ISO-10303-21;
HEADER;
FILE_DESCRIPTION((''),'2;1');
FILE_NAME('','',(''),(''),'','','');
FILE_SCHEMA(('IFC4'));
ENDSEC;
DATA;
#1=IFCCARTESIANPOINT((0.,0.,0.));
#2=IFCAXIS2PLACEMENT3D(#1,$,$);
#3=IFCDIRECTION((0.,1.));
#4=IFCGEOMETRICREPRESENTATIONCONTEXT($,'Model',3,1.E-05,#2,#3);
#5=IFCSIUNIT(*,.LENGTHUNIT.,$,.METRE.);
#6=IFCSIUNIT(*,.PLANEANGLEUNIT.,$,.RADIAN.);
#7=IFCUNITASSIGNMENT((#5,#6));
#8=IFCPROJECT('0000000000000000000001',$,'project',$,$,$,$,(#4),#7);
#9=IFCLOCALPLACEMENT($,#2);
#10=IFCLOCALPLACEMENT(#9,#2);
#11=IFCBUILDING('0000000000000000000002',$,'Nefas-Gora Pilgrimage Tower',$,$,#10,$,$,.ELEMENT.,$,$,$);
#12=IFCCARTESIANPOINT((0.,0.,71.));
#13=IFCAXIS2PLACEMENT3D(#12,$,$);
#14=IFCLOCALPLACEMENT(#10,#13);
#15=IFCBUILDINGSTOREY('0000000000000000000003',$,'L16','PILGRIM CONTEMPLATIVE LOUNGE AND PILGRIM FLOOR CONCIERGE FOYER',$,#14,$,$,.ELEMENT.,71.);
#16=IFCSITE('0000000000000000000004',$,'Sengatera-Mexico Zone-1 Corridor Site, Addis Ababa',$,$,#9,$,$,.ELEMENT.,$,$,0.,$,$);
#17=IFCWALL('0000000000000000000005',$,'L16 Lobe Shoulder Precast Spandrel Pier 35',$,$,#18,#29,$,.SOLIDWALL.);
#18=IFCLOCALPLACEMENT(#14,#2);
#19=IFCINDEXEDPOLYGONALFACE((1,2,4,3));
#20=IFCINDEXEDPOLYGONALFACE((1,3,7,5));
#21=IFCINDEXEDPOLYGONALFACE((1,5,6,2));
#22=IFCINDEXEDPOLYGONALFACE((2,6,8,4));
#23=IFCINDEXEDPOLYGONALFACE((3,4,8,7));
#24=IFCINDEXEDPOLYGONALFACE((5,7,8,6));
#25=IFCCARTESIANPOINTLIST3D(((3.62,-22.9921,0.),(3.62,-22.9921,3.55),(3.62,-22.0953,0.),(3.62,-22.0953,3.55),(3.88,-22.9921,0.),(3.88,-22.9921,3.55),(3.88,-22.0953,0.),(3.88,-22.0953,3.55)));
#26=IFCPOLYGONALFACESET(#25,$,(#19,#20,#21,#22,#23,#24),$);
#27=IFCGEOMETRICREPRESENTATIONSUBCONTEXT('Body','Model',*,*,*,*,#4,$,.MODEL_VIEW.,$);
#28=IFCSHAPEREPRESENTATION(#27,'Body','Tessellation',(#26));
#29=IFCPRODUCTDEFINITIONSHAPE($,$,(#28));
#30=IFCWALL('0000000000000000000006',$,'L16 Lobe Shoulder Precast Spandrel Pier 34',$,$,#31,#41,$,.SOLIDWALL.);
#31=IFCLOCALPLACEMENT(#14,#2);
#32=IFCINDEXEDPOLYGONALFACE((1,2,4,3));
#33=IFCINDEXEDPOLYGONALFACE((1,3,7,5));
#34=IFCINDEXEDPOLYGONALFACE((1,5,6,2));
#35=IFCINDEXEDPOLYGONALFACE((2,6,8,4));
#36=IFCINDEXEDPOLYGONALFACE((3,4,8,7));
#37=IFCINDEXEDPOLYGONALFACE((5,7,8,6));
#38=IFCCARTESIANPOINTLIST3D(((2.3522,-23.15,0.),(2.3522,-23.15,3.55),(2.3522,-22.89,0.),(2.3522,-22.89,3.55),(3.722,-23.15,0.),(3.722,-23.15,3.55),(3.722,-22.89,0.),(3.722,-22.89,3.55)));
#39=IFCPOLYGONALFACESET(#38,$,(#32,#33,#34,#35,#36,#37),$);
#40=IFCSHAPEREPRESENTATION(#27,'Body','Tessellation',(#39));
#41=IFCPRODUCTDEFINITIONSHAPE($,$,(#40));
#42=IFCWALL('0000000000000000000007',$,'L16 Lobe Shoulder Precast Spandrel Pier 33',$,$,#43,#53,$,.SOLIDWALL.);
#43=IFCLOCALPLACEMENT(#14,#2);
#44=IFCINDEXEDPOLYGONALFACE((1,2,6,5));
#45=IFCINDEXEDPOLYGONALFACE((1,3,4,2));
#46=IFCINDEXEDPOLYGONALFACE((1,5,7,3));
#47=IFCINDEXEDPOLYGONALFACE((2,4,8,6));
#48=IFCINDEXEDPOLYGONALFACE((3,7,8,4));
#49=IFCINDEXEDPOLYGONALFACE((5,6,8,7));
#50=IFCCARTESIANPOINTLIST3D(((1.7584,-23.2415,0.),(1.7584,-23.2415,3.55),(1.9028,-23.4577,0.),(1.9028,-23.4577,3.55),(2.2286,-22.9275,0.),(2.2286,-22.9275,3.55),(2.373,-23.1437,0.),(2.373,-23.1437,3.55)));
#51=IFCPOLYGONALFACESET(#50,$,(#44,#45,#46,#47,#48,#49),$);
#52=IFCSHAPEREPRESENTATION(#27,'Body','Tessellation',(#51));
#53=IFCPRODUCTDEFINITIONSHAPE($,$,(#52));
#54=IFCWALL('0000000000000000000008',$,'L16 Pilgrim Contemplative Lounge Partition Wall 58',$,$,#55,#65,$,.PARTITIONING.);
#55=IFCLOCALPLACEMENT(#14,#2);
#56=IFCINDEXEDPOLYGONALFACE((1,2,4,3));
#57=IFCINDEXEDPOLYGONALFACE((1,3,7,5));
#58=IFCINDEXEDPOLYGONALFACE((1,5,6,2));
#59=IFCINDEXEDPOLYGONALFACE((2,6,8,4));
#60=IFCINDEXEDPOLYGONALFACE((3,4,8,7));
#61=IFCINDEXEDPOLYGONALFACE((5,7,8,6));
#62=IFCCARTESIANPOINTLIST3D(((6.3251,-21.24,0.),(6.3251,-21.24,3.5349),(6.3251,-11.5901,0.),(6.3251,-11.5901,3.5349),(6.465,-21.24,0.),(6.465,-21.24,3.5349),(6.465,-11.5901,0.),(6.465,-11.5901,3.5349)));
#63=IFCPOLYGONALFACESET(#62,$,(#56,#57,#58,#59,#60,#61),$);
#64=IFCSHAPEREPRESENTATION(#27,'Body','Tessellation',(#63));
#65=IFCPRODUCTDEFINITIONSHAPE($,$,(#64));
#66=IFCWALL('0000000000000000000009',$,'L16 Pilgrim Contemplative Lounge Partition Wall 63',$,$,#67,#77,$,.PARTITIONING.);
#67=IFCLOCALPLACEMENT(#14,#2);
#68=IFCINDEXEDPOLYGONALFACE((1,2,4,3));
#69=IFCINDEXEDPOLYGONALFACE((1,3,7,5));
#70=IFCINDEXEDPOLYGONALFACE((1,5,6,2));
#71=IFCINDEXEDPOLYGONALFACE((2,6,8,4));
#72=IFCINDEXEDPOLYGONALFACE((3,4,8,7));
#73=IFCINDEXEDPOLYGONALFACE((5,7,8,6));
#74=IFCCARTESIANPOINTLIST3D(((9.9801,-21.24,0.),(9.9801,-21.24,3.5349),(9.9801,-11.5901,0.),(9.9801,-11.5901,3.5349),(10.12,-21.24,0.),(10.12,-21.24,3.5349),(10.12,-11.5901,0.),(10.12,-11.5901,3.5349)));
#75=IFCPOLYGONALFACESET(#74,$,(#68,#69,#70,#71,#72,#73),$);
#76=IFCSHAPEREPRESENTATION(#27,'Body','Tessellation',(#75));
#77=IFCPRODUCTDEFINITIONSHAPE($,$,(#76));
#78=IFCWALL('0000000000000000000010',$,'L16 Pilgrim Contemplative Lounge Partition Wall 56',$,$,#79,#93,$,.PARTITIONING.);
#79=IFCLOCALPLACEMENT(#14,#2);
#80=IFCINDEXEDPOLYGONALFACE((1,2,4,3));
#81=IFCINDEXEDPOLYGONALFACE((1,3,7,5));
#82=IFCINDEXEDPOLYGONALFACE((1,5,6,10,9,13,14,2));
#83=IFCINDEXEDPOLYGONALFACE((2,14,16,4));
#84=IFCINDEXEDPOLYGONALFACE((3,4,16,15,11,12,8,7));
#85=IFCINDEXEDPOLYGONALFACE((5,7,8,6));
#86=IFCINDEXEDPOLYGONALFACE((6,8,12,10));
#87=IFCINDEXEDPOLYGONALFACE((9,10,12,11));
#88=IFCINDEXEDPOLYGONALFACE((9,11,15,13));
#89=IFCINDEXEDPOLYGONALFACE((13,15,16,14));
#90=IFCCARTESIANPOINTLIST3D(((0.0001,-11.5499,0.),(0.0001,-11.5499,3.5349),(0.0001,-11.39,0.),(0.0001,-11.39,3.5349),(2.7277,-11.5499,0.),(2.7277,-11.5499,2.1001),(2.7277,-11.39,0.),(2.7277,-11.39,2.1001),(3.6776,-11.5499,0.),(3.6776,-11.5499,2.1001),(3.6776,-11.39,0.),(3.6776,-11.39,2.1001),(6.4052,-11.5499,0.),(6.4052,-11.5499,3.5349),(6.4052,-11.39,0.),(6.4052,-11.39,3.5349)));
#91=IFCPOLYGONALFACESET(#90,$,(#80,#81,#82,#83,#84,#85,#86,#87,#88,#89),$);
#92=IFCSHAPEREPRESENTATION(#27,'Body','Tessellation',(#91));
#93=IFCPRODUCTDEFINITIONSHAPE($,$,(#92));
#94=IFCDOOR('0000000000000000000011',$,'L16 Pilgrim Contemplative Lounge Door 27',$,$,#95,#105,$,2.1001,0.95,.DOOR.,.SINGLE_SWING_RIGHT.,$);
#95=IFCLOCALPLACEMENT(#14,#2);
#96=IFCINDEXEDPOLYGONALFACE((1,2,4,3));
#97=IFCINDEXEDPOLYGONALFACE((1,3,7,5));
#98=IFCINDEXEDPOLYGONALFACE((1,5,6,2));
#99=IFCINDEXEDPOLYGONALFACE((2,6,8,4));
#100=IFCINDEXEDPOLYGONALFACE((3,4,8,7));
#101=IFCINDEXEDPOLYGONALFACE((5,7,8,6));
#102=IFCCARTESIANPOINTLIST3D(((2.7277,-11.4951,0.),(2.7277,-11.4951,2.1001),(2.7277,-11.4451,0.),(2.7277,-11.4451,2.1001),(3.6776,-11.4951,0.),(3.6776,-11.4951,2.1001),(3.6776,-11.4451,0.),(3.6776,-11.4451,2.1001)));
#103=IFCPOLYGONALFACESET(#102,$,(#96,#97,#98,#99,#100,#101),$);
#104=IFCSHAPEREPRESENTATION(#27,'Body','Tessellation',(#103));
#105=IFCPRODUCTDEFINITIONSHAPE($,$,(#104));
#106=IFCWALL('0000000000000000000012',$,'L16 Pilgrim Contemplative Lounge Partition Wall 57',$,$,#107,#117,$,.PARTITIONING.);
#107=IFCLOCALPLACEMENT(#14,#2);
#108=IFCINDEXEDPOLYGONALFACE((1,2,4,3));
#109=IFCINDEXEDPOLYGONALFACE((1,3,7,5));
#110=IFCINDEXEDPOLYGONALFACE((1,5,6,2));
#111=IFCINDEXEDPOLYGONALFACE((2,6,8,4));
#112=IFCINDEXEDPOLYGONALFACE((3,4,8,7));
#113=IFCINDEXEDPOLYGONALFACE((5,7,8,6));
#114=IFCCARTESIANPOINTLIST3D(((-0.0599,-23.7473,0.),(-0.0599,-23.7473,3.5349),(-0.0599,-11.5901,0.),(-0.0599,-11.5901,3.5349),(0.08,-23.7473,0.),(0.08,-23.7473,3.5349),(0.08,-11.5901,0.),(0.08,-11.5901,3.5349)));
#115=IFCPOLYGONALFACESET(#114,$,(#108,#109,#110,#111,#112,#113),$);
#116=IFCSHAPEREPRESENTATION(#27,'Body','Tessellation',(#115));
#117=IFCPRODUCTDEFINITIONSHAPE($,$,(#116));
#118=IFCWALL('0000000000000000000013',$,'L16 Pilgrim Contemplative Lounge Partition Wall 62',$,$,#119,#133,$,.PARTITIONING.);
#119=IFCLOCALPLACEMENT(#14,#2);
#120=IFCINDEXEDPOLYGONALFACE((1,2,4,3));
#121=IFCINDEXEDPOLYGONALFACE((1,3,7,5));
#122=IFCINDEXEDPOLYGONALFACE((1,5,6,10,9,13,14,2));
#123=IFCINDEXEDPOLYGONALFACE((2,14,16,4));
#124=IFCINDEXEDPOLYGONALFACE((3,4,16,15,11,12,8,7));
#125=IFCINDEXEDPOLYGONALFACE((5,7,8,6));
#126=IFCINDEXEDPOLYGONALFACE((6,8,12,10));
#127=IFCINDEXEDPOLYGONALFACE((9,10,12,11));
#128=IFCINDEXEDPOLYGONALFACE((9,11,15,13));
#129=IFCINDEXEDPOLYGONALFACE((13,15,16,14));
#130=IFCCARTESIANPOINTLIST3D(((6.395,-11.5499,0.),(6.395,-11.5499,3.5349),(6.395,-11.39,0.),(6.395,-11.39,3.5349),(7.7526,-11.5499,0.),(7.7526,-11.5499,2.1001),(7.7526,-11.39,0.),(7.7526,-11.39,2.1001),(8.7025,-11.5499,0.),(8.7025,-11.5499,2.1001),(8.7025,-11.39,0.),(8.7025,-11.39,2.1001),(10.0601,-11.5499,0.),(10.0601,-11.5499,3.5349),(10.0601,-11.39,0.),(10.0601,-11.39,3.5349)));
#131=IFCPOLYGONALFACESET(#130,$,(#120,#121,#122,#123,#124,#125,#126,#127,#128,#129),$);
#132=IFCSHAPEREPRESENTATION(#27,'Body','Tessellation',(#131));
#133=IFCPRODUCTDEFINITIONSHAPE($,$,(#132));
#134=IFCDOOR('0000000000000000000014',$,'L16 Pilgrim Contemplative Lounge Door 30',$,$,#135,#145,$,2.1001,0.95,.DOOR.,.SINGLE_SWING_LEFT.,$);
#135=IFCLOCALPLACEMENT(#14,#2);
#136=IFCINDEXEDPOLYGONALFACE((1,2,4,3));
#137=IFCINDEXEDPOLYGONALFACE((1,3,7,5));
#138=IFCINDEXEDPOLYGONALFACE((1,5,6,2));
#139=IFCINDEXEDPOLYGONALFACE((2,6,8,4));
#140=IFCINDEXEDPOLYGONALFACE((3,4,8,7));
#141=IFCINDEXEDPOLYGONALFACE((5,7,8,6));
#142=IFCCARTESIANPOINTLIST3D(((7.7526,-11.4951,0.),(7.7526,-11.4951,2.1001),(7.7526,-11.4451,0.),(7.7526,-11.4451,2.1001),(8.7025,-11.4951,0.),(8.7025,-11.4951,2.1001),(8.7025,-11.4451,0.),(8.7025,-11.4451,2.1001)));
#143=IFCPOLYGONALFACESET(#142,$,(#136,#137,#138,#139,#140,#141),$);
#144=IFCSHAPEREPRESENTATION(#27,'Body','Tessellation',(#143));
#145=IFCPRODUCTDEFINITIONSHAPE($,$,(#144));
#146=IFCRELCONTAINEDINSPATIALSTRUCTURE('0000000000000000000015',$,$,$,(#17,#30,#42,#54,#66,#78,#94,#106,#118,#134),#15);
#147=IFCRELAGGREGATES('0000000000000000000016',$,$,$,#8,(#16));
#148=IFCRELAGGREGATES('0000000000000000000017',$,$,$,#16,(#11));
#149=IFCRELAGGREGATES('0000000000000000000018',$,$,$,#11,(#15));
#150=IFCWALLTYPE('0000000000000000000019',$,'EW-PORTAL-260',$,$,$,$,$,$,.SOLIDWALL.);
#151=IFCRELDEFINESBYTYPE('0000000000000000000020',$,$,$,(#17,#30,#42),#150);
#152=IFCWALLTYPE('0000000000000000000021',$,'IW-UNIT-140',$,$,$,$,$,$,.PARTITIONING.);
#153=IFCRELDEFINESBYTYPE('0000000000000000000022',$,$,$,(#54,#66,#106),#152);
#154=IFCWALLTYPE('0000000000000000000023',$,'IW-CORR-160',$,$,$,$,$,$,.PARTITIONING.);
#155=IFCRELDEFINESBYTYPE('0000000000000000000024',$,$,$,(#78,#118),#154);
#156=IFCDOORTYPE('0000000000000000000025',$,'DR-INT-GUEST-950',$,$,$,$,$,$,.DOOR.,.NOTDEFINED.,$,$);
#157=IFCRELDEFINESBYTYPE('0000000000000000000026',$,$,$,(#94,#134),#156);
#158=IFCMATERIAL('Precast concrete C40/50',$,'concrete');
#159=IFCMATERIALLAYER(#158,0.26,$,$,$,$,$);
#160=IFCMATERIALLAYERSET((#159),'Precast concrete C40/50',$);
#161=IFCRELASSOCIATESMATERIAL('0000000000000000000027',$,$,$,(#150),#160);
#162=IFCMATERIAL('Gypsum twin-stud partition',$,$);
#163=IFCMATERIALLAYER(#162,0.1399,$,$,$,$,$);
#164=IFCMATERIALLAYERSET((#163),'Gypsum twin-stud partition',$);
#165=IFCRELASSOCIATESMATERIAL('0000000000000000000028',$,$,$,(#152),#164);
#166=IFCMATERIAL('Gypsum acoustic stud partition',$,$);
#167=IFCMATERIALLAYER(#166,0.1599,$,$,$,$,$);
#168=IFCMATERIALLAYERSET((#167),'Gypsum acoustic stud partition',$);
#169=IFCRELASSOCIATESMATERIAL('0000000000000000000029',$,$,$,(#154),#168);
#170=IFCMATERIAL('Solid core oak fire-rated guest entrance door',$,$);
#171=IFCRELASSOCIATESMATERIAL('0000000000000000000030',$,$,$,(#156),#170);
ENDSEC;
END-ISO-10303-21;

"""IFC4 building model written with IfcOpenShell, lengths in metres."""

from ifc_helpers import new_model, si_unit, direction, frame, frame_2d, origin, place, context, subcontext, project, spatial, rectangle, extrude, source, transform, mapped, material, layer, layer_set, type_object, element, fill, save


model = new_model("IFC4")

# Units and contexts
model_context = context("Model", 3, precision=1e-05, world=origin(), true_north=direction((0.0, 1.0)))
body_context = subcontext(model_context, "Body", "Model", "MODEL_VIEW")
ifc_project = project(units=[si_unit("LENGTHUNIT", "METRE"), si_unit("PLANEANGLEUNIT", "RADIAN")], contexts=[model_context])

# Site, building, storey
site_placement = place(None, origin())
site = spatial("IfcSite", under=ifc_project, at=site_placement, Name="Sengatera-Mexico Zone-1 Corridor Site, Addis Ababa", CompositionType="ELEMENT", RefElevation=0.0)
building_placement = place(site_placement, origin())
building = spatial("IfcBuilding", under=site, at=building_placement, Name="Nefas-Gora Pilgrimage Tower", CompositionType="ELEMENT")
storey_placement = place(building_placement, frame((0.0, 0.0, 71.0)))
storey = spatial("IfcBuildingStorey", under=building, at=storey_placement, Name="L16", Description="PILGRIM CONTEMPLATIVE LOUNGE AND PILGRIM FLOOR CONCIERGE FOYER", CompositionType="ELEMENT", Elevation=71.0)

# Walls
ifc_material_1 = material(Name="Precast concrete C40/50", Category="concrete")
ifc_layer_1 = layer(ifc_material_1, 0.26)
ifc_layer_set_1 = layer_set([ifc_layer_1], Name="Precast concrete C40/50")
wall_type_1 = type_object("IfcWallType", Name="EW-PORTAL-260", PredefinedType="SOLIDWALL", material=ifc_layer_set_1)
shared_shape_1 = source(origin(), body_context, "Body", "SweptSolid", [
    extrude(rectangle(XDim=0.8967, YDim=0.26, at=frame_2d((0.4482, 0.0))), origin(), (0.0, 0.0, 1.0), 3.55),
])
wall_1_placement = place(storey_placement, frame((3.75, -22.9919, 0.0), z_axis=(0.0, 0.0, 1.0), x_axis=(0.0, 1.0, 0.0)))
element("IfcWall", 1, at=wall_1_placement, inside=storey, type_object=wall_type_1, Name="L16 Lobe Shoulder Precast Spandrel Pier 35", PredefinedType="SOLIDWALL", context=body_context, shape_type="MappedRepresentation", body=[
    mapped(shared_shape_1, transform((0.0, 0.0, 0.0), x_axis=(1.0, 0.0, 0.0), y_axis=(0.0, 1.0, 0.0), z_axis=(0.0, 0.0, 1.0), scale=1.0)),
])
shared_shape_2 = source(origin(), body_context, "Body", "SweptSolid", [
    extrude(rectangle(XDim=1.3699, YDim=0.26, at=frame_2d((0.6851, 0.0))), origin(), (0.0, 0.0, 1.0), 3.55),
])
wall_2_placement = place(storey_placement, frame((2.3521, -23.02, 0.0), z_axis=(0.0, 0.0, 1.0), x_axis=(1.0, 0.0, 0.0)))
element("IfcWall", 2, at=wall_2_placement, inside=storey, type_object=wall_type_1, Name="L16 Lobe Shoulder Precast Spandrel Pier 34", PredefinedType="SOLIDWALL", context=body_context, shape_type="MappedRepresentation", body=[
    mapped(shared_shape_2, transform((0.0, 0.0, 0.0), x_axis=(1.0, 0.0, 0.0), y_axis=(0.0, 1.0, 0.0), z_axis=(0.0, 0.0, 1.0), scale=1.0)),
])
shared_shape_3 = source(origin(), body_context, "Body", "SweptSolid", [
    extrude(rectangle(XDim=0.5654, YDim=0.26, at=frame_2d((0.2827, 0.0))), origin(), (0.0, 0.0, 1.0), 3.55),
])
wall_3_placement = place(storey_placement, frame((1.8306, -23.3496, 0.0), z_axis=(0.0, 0.0, 1.0), x_axis=(0.831651, 0.555298, 0.0)))
element("IfcWall", 3, at=wall_3_placement, inside=storey, type_object=wall_type_1, Name="L16 Lobe Shoulder Precast Spandrel Pier 33", PredefinedType="SOLIDWALL", context=body_context, shape_type="MappedRepresentation", body=[
    mapped(shared_shape_3, transform((0.0, 0.0, 0.0), x_axis=(1.0, 0.0, 0.0), y_axis=(0.0, 1.0, 0.0), z_axis=(0.0, 0.0, 1.0), scale=1.0)),
])
ifc_material_2 = material(Name="Gypsum twin-stud partition")
ifc_layer_2 = layer(ifc_material_2, 0.1399)
ifc_layer_set_2 = layer_set([ifc_layer_2], Name="Gypsum twin-stud partition")
wall_type_2 = type_object("IfcWallType", Name="IW-UNIT-140", PredefinedType="PARTITIONING", material=ifc_layer_set_2)
shared_shape_4 = source(origin(), body_context, "Body", "SweptSolid", [
    extrude(rectangle(XDim=9.6499, YDim=0.1399, at=frame_2d((4.825, 0.0))), origin(), (0.0, 0.0, 1.0), 3.5349),
])
for number, where, z_axis, x_axis, name in (
    (4, (6.395, -21.24, 0.0), (0.0, 0.0, 1.0), (0.0, 1.0, 0.0), "L16 Pilgrim Contemplative Lounge Partition Wall 58"),
    (5, (10.05, -21.24, 0.0), (0.0, 0.0, 1.0), (0.0, 1.0, 0.0), "L16 Pilgrim Contemplative Lounge Partition Wall 63"),
):
    element("IfcWall", number, at=place(storey_placement, frame(where, z_axis=z_axis, x_axis=x_axis)), inside=storey, type_object=wall_type_2, Name=name, PredefinedType="PARTITIONING", context=body_context, shape_type="MappedRepresentation", body=[
        mapped(shared_shape_4, transform((0.0, 0.0, 0.0), x_axis=(1.0, 0.0, 0.0), y_axis=(0.0, 1.0, 0.0), z_axis=(0.0, 0.0, 1.0), scale=1.0)),
    ])

# Wall, opening, door
ifc_material_3 = material(Name="Gypsum acoustic stud partition")
ifc_layer_3 = layer(ifc_material_3, 0.1599)
ifc_layer_set_3 = layer_set([ifc_layer_3], Name="Gypsum acoustic stud partition")
wall_type_3 = type_object("IfcWallType", Name="IW-CORR-160", PredefinedType="PARTITIONING", material=ifc_layer_set_3)
shared_shape_5 = source(origin(), body_context, "Body", "SweptSolid", [
    extrude(rectangle(XDim=6.405, YDim=0.1599, at=frame_2d((3.2026, 0.0))), origin(), (0.0, 0.0, 1.0), 3.5349),
])
wall_4_placement = place(storey_placement, frame((0.0, -11.47, 0.0), z_axis=(0.0, 0.0, 1.0), x_axis=(1.0, 0.0, 0.0)))
wall_4 = element("IfcWall", 6, at=wall_4_placement, inside=storey, type_object=wall_type_3, Name="L16 Pilgrim Contemplative Lounge Partition Wall 56", PredefinedType="PARTITIONING", context=body_context, shape_type="MappedRepresentation", body=[
    mapped(shared_shape_5, transform((0.0, 0.0, 0.0), x_axis=(1.0, 0.0, 0.0), y_axis=(0.0, 1.0, 0.0), z_axis=(0.0, 0.0, 1.0), scale=1.0)),
])
opening_1_placement = place(wall_4_placement, frame((2.7275, 0.0, 0.0)))
opening_1 = element("IfcOpeningElement", 7, at=opening_1_placement, cuts=wall_4, PredefinedType="OPENING", context=body_context, shape_type="SweptSolid", body=[
    extrude(rectangle(XDim=0.95, YDim=2.1001, at=frame_2d((0.4751, 1.05))), frame((0.0, 0.0898, 0.0), z_axis=(0.0, -1.0, 0.0), x_axis=(1.0, 0.0, 0.0)), (0.0, 0.0, 1.0), 0.1799),
])
ifc_material_4 = material(Name="Solid core oak fire-rated guest entrance door")
door_type = type_object("IfcDoorType", Name="DR-INT-GUEST-950", OperationType="NOTDEFINED", PredefinedType="DOOR", material=ifc_material_4)
shared_shape_6 = source(origin(), body_context, "Body", "SweptSolid", [
    extrude(rectangle(XDim=0.95, YDim=2.1001, at=frame_2d((0.4751, 1.05))), frame((0.0, 0.0249, 0.0), z_axis=(0.0, -1.0, 0.0), x_axis=(1.0, 0.0, 0.0)), (0.0, 0.0, 1.0), 0.05),
])
door_1_placement = place(opening_1_placement, origin())
door_1 = element("IfcDoor", 8, at=door_1_placement, inside=storey, type_object=door_type, Name="L16 Pilgrim Contemplative Lounge Door 27", OperationType="SINGLE_SWING_RIGHT", OverallHeight=2.1001, OverallWidth=0.95, PredefinedType="DOOR", context=body_context, shape_type="MappedRepresentation", body=[
    mapped(shared_shape_6, transform((0.0, 0.0, 0.0), x_axis=(1.0, 0.0, 0.0), y_axis=(0.0, 1.0, 0.0), z_axis=(0.0, 0.0, 1.0), scale=1.0)),
])
fill(opening_1, door_1)

# Wall
shared_shape_7 = source(origin(), body_context, "Body", "SweptSolid", [
    extrude(rectangle(XDim=12.1572, YDim=0.1399, at=frame_2d((6.0786, 0.0))), origin(), (0.0, 0.0, 1.0), 3.5349),
])
wall_5_placement = place(storey_placement, frame((0.01, -23.7473, 0.0), z_axis=(0.0, 0.0, 1.0), x_axis=(0.0, 1.0, 0.0)))
element("IfcWall", 9, at=wall_5_placement, inside=storey, type_object=wall_type_2, Name="L16 Pilgrim Contemplative Lounge Partition Wall 57", PredefinedType="PARTITIONING", context=body_context, shape_type="MappedRepresentation", body=[
    mapped(shared_shape_7, transform((0.0, 0.0, 0.0), x_axis=(1.0, 0.0, 0.0), y_axis=(0.0, 1.0, 0.0), z_axis=(0.0, 0.0, 1.0), scale=1.0)),
])

# Wall, opening, door
shared_shape_8 = source(origin(), body_context, "Body", "SweptSolid", [
    extrude(rectangle(XDim=3.665, YDim=0.1599, at=frame_2d((1.8325, 0.0))), origin(), (0.0, 0.0, 1.0), 3.5349),
])
wall_6_placement = place(storey_placement, frame((6.395, -11.47, 0.0), z_axis=(0.0, 0.0, 1.0), x_axis=(1.0, 0.0, 0.0)))
wall_6 = element("IfcWall", 10, at=wall_6_placement, inside=storey, type_object=wall_type_3, Name="L16 Pilgrim Contemplative Lounge Partition Wall 62", PredefinedType="PARTITIONING", context=body_context, shape_type="MappedRepresentation", body=[
    mapped(shared_shape_8, transform((0.0, 0.0, 0.0), x_axis=(1.0, 0.0, 0.0), y_axis=(0.0, 1.0, 0.0), z_axis=(0.0, 0.0, 1.0), scale=1.0)),
])
opening_2_placement = place(wall_6_placement, frame((1.3574, 0.0, 0.0)))
opening_2 = element("IfcOpeningElement", 11, at=opening_2_placement, cuts=wall_6, PredefinedType="OPENING", context=body_context, shape_type="SweptSolid", body=[
    extrude(rectangle(XDim=0.95, YDim=2.1001, at=frame_2d((0.4751, 1.05))), frame((0.0, 0.0898, 0.0), z_axis=(0.0, -1.0, 0.0), x_axis=(1.0, 0.0, 0.0)), (0.0, 0.0, 1.0), 0.1799),
])
door_2_placement = place(opening_2_placement, origin())
door_2 = element("IfcDoor", 12, at=door_2_placement, inside=storey, type_object=door_type, Name="L16 Pilgrim Contemplative Lounge Door 30", OperationType="SINGLE_SWING_LEFT", OverallHeight=2.1001, OverallWidth=0.95, PredefinedType="DOOR", context=body_context, shape_type="MappedRepresentation", body=[
    mapped(shared_shape_6, transform((0.0, 0.0, 0.0), x_axis=(1.0, 0.0, 0.0), y_axis=(0.0, 1.0, 0.0), z_axis=(0.0, 0.0, 1.0), scale=1.0)),
])
fill(opening_2, door_2)

save(model, "model.ifc")
